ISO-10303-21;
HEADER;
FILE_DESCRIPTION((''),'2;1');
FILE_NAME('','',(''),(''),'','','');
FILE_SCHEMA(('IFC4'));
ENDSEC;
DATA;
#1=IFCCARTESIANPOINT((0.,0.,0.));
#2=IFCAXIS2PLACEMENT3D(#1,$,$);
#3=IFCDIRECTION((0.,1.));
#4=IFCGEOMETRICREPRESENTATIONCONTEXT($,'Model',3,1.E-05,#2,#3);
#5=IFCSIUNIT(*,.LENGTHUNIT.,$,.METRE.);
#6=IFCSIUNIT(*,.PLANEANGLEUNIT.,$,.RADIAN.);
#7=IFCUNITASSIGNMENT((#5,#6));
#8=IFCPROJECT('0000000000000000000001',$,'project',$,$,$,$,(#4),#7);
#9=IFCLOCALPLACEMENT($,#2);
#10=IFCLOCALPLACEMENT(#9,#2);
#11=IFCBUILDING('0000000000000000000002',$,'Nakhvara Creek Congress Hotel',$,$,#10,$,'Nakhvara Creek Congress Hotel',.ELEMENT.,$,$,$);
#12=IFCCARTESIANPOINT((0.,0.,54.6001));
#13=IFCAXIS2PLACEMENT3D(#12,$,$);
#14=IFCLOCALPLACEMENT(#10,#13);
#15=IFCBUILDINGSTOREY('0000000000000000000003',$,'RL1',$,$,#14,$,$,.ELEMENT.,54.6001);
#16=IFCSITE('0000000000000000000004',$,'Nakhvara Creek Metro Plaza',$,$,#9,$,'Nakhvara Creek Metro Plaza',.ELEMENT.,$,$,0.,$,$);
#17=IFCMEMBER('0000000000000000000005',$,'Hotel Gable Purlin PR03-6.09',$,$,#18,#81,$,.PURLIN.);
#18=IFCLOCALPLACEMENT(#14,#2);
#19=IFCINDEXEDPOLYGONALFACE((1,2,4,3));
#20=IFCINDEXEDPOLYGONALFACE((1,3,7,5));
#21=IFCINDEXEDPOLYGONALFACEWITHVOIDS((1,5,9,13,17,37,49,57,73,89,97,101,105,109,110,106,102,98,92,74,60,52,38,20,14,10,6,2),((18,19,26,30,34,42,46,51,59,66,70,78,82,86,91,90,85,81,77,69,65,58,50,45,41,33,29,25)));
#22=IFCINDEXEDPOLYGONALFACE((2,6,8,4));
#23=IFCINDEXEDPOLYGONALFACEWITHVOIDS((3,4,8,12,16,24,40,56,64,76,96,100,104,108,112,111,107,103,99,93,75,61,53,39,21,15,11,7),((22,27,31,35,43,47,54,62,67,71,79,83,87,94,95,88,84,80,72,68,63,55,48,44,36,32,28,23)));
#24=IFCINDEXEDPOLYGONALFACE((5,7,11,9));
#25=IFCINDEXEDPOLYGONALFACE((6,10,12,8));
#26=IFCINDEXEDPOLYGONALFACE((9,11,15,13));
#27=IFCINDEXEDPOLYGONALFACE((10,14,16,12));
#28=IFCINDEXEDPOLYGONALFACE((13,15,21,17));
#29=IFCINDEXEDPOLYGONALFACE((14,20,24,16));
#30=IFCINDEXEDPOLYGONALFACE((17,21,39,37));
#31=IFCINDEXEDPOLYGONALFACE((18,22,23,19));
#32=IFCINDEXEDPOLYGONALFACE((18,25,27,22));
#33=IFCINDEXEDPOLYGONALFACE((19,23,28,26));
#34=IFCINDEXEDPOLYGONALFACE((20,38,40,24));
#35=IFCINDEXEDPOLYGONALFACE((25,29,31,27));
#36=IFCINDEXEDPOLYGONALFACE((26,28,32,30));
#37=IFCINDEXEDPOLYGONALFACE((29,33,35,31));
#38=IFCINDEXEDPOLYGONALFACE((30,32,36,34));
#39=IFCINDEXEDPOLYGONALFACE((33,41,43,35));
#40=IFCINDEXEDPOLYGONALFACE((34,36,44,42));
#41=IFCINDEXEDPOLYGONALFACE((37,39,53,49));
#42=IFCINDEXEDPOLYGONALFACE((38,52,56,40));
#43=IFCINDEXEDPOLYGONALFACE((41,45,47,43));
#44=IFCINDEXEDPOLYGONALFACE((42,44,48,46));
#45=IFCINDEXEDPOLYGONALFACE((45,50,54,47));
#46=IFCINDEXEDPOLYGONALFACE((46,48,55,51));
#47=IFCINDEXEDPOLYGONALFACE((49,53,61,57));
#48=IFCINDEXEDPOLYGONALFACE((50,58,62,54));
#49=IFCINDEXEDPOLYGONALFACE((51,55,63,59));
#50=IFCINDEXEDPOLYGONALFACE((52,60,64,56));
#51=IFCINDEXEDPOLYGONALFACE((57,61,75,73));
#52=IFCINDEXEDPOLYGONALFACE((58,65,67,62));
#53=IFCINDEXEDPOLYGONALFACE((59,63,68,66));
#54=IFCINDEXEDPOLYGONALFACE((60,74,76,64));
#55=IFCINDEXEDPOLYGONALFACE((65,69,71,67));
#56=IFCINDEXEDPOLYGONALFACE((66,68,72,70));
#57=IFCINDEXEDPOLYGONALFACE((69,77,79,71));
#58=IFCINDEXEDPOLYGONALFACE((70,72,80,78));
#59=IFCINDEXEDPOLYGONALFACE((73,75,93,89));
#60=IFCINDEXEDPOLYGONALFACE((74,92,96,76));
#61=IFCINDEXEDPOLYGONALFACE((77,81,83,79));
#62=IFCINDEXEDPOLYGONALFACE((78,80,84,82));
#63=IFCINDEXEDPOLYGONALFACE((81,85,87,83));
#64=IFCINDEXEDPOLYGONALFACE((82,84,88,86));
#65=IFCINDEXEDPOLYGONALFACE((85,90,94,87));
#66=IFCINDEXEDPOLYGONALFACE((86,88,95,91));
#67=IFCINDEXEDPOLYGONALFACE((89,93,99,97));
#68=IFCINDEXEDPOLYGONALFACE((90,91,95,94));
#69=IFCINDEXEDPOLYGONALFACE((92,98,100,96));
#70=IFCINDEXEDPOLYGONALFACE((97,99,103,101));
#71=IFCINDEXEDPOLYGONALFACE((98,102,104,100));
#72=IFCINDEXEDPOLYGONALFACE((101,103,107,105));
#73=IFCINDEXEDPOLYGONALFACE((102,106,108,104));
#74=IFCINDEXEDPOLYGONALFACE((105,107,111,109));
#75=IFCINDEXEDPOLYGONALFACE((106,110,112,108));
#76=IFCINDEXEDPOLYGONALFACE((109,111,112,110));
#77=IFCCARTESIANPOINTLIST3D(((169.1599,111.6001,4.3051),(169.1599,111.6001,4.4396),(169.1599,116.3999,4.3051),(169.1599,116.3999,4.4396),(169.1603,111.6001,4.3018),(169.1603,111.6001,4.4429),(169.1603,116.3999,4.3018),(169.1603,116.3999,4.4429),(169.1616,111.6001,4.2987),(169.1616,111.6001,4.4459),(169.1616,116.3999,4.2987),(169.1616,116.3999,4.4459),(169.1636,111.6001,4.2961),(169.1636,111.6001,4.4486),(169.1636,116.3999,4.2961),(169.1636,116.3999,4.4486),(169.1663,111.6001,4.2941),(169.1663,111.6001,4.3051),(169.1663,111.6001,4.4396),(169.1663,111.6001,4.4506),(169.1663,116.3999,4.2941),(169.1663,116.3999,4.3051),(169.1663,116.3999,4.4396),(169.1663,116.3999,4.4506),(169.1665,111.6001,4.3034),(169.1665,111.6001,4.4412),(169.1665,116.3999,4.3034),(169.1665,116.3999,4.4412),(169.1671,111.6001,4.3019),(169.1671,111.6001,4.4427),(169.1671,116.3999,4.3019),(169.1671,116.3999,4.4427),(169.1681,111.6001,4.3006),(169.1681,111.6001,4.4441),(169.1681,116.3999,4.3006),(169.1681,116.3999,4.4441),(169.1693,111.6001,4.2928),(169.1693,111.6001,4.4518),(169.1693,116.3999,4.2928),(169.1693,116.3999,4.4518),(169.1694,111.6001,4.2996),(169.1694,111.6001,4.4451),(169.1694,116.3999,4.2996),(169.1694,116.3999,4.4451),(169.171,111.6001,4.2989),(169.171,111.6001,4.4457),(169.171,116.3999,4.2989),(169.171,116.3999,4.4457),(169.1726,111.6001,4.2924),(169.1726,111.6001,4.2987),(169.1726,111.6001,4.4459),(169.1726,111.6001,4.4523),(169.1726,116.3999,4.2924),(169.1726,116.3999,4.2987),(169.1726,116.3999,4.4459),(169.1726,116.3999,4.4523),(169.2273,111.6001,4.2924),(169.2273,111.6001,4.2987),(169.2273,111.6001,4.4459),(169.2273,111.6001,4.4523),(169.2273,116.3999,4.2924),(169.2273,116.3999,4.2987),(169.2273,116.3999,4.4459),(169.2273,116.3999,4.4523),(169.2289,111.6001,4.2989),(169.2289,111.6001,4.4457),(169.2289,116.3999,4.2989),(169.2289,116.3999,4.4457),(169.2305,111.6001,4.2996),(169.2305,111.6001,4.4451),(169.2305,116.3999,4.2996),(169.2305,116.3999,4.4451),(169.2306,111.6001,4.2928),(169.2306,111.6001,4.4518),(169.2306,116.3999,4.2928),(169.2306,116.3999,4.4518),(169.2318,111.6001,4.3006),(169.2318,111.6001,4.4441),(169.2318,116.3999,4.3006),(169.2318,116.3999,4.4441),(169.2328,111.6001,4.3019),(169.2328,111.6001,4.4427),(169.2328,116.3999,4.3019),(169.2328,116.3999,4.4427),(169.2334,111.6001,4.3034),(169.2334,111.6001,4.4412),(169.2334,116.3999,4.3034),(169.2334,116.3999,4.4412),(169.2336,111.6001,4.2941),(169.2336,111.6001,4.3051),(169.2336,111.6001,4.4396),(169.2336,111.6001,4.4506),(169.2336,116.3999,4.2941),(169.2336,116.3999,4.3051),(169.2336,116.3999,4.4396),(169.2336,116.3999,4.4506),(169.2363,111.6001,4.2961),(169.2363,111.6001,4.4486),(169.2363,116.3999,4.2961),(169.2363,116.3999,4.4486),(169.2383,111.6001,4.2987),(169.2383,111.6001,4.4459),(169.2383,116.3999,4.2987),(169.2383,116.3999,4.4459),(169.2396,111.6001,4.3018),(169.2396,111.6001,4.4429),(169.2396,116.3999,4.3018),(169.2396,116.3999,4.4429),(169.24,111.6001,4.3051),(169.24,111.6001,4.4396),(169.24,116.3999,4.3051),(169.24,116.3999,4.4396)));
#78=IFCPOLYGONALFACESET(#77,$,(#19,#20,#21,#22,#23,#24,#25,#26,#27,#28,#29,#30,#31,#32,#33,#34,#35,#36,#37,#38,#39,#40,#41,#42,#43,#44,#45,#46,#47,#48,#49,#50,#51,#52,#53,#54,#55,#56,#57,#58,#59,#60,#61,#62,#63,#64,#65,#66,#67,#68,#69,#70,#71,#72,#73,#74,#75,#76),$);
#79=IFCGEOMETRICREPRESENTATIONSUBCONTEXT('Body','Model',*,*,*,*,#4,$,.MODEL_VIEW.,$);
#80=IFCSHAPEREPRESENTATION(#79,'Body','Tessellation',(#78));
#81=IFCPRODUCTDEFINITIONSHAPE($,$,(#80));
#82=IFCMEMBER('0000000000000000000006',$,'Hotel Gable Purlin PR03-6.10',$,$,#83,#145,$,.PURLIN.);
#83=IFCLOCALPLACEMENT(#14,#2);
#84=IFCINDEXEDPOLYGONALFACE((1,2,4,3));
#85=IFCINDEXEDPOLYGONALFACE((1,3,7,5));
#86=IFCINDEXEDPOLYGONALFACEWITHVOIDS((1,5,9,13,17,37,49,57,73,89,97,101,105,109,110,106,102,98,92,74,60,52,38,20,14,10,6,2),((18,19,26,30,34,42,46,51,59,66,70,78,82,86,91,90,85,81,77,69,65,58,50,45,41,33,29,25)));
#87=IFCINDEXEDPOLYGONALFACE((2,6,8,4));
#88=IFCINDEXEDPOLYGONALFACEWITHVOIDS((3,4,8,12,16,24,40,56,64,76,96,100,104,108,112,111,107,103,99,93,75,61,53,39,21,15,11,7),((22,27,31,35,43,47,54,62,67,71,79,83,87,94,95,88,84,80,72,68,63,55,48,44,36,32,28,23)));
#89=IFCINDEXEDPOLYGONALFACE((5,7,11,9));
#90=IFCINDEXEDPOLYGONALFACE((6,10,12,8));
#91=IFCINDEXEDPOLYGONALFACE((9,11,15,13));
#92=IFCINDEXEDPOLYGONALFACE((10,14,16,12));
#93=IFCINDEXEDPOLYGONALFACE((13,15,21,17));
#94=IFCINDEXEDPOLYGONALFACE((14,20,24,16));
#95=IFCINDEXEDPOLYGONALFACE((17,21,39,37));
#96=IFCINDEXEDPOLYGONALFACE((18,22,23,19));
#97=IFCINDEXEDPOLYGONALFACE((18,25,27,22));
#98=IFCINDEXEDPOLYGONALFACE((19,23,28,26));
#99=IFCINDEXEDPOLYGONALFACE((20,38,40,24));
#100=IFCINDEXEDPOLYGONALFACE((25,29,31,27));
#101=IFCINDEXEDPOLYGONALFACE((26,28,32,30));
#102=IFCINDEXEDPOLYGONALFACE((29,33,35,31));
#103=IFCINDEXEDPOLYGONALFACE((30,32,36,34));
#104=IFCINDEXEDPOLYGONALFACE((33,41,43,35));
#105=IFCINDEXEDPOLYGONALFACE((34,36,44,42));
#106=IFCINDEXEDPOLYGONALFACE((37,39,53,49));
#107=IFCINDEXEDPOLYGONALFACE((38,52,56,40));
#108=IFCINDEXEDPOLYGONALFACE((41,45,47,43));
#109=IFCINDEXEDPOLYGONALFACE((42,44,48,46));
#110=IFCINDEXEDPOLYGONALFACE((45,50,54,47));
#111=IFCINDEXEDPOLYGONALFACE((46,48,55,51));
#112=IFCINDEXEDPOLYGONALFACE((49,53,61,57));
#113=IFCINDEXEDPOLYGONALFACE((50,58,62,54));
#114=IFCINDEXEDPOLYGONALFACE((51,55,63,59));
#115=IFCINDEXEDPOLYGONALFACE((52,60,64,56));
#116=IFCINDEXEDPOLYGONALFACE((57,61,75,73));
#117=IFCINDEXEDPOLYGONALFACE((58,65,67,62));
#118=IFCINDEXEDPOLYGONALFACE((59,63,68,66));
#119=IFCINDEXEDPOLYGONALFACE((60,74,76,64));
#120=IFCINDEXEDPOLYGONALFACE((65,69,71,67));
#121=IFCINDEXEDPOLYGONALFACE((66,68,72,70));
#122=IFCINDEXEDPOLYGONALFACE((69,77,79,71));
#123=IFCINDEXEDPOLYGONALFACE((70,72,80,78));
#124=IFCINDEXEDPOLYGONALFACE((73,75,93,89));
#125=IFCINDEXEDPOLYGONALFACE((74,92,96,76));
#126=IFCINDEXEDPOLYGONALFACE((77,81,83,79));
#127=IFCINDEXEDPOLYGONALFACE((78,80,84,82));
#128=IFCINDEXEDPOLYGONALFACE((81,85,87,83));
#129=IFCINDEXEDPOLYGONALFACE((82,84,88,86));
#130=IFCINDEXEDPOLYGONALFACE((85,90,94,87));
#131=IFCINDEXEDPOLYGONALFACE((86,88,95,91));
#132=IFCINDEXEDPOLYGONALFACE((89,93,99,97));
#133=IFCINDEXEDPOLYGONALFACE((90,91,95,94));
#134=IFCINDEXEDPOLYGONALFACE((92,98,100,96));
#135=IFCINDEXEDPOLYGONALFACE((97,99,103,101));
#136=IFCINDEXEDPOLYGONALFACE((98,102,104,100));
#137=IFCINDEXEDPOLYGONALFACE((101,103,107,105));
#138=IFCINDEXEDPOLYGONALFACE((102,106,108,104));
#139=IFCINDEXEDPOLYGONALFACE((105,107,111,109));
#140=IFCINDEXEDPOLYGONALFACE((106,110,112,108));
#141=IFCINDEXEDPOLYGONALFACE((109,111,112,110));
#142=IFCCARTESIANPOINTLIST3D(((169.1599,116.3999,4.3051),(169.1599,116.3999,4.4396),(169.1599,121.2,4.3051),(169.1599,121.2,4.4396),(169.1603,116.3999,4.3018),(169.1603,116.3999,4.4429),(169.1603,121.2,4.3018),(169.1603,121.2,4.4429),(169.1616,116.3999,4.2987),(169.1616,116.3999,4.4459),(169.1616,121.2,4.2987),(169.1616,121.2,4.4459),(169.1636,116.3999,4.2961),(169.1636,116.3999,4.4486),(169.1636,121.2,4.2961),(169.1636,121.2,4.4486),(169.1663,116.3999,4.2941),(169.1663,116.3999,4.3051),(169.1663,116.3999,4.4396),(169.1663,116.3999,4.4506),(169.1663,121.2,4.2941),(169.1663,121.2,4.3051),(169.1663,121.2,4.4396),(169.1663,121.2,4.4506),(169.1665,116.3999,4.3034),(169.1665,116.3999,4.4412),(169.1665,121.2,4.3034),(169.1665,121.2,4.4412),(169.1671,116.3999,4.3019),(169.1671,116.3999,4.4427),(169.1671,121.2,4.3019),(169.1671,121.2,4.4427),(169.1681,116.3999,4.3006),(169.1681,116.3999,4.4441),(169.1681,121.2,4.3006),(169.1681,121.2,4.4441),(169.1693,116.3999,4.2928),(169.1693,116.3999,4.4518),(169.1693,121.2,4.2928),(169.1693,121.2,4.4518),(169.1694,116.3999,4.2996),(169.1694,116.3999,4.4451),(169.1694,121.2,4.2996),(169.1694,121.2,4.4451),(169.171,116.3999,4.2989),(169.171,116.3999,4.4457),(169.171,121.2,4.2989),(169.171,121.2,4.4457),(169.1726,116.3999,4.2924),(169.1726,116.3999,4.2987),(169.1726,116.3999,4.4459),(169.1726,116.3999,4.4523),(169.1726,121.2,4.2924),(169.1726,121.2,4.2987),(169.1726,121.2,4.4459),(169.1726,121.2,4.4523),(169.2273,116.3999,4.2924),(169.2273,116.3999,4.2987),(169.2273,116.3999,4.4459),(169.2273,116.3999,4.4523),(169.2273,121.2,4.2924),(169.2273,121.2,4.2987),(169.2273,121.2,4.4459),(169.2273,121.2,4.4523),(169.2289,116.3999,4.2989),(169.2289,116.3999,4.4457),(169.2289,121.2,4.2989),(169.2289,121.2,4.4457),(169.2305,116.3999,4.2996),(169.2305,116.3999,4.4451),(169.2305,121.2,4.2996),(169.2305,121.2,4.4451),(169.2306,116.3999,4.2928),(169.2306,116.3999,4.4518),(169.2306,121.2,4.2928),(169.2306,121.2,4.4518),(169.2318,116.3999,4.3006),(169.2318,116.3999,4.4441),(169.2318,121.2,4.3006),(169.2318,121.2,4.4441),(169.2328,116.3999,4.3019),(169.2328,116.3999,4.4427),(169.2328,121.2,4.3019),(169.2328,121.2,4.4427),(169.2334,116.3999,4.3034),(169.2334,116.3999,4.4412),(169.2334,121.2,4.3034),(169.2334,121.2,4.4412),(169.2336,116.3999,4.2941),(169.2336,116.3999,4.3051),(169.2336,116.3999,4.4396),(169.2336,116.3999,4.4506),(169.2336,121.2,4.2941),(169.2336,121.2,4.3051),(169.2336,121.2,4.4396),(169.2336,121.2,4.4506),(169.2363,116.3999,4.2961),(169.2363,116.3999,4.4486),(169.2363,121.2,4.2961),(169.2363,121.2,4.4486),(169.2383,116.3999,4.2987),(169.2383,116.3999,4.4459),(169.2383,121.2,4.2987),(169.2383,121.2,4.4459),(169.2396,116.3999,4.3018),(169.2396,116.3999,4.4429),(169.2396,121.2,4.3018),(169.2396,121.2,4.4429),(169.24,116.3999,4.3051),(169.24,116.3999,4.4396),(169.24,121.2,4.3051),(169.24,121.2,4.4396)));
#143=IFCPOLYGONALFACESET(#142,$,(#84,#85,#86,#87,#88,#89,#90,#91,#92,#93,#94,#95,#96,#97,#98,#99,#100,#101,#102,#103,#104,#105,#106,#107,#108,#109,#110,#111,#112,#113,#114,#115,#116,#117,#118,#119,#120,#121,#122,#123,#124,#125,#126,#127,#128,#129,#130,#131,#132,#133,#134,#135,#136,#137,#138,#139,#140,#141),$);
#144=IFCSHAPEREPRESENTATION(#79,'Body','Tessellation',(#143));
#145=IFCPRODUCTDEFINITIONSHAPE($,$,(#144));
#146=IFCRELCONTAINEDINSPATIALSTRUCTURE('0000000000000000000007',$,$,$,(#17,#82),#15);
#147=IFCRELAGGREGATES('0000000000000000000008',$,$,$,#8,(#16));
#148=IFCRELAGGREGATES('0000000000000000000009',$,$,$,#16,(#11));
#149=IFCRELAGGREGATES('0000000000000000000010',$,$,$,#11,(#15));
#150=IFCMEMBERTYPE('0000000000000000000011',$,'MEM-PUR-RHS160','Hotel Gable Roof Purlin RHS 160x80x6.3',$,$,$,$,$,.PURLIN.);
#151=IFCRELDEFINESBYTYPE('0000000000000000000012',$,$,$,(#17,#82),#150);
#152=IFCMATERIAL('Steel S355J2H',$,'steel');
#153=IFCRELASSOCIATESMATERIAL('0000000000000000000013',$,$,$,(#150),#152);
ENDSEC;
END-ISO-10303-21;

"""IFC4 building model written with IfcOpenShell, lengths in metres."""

from ifc_helpers import new_model, si_unit, direction, frame, origin, origin_2d, place, context, subcontext, project, spatial, hollow_rectangle, extrude, material, material_profile, profile_set, type_object, element, save


model = new_model("IFC4")

# Units and contexts
model_context = context("Model", 3, precision=1e-05, world=origin(), true_north=direction((0.0, 1.0)))
body_context = subcontext(model_context, "Body", "Model", "MODEL_VIEW")
ifc_project = project(units=[si_unit("LENGTHUNIT", "METRE"), si_unit("PLANEANGLEUNIT", "RADIAN")], contexts=[model_context])

# Site, building, storey
site_placement = place(None, origin())
site = spatial("IfcSite", under=ifc_project, at=site_placement, Name="Nakhvara Creek Metro Plaza", LongName="Nakhvara Creek Metro Plaza", CompositionType="ELEMENT", RefElevation=0.0)
building_placement = place(site_placement, origin())
building = spatial("IfcBuilding", under=site, at=building_placement, Name="Nakhvara Creek Congress Hotel", LongName="Nakhvara Creek Congress Hotel", CompositionType="ELEMENT")
storey_placement = place(building_placement, frame((0.0, 0.0, 54.6001)))
storey = spatial("IfcBuildingStorey", under=building, at=storey_placement, Name="RL1", CompositionType="ELEMENT", Elevation=54.6001)

# Members
ifc_material_1 = material(Name="Steel S355J2H", Category="steel")
ifc_material_profile_1 = material_profile(ifc_material_1, hollow_rectangle(XDim=0.0801, YDim=0.1599, WallThickness=0.0063, InnerFilletRadius=0.0063, OuterFilletRadius=0.0127, at=origin_2d()), Name="RHS 160x80x6.3", Category="LoadBearing")
ifc_profile_set_1 = profile_set([ifc_material_profile_1], Name="Steel S355J2H")
member_type_1 = type_object("IfcMemberType", Name="MEM-PUR-RHS160", Description="Hotel Gable Roof Purlin RHS 160x80x6.3", PredefinedType="PURLIN", material=ifc_profile_set_1)
member_1_placement = place(storey_placement, frame((169.2, 111.6001, 4.3723), z_axis=(0.0, 1.0, 0.0), x_axis=(-1.0, 0.0, 0.0)))
element("IfcMember", 1, at=member_1_placement, inside=storey, type_object=member_type_1, Name="Hotel Gable Purlin PR03-6.09", PredefinedType="PURLIN", context=body_context, shape_type="SweptSolid", body=[
    extrude(hollow_rectangle(XDim=0.0801, YDim=0.1599, WallThickness=0.0063, InnerFilletRadius=0.0063, OuterFilletRadius=0.0127, at=origin_2d()), origin(), (0.0, 0.0, 1.0), 4.7998),
])
member_2_placement = place(storey_placement, frame((169.2, 116.3999, 4.3723), z_axis=(0.0, 1.0, 0.0), x_axis=(-1.0, 0.0, 0.0)))
element("IfcMember", 2, at=member_2_placement, inside=storey, type_object=member_type_1, Name="Hotel Gable Purlin PR03-6.10", PredefinedType="PURLIN", context=body_context, shape_type="SweptSolid", body=[
    extrude(hollow_rectangle(XDim=0.0801, YDim=0.1599, WallThickness=0.0063, InnerFilletRadius=0.0063, OuterFilletRadius=0.0127, at=origin_2d()), origin(), (0.0, 0.0, 1.0), 4.8),
])

save(model, "model.ifc")
